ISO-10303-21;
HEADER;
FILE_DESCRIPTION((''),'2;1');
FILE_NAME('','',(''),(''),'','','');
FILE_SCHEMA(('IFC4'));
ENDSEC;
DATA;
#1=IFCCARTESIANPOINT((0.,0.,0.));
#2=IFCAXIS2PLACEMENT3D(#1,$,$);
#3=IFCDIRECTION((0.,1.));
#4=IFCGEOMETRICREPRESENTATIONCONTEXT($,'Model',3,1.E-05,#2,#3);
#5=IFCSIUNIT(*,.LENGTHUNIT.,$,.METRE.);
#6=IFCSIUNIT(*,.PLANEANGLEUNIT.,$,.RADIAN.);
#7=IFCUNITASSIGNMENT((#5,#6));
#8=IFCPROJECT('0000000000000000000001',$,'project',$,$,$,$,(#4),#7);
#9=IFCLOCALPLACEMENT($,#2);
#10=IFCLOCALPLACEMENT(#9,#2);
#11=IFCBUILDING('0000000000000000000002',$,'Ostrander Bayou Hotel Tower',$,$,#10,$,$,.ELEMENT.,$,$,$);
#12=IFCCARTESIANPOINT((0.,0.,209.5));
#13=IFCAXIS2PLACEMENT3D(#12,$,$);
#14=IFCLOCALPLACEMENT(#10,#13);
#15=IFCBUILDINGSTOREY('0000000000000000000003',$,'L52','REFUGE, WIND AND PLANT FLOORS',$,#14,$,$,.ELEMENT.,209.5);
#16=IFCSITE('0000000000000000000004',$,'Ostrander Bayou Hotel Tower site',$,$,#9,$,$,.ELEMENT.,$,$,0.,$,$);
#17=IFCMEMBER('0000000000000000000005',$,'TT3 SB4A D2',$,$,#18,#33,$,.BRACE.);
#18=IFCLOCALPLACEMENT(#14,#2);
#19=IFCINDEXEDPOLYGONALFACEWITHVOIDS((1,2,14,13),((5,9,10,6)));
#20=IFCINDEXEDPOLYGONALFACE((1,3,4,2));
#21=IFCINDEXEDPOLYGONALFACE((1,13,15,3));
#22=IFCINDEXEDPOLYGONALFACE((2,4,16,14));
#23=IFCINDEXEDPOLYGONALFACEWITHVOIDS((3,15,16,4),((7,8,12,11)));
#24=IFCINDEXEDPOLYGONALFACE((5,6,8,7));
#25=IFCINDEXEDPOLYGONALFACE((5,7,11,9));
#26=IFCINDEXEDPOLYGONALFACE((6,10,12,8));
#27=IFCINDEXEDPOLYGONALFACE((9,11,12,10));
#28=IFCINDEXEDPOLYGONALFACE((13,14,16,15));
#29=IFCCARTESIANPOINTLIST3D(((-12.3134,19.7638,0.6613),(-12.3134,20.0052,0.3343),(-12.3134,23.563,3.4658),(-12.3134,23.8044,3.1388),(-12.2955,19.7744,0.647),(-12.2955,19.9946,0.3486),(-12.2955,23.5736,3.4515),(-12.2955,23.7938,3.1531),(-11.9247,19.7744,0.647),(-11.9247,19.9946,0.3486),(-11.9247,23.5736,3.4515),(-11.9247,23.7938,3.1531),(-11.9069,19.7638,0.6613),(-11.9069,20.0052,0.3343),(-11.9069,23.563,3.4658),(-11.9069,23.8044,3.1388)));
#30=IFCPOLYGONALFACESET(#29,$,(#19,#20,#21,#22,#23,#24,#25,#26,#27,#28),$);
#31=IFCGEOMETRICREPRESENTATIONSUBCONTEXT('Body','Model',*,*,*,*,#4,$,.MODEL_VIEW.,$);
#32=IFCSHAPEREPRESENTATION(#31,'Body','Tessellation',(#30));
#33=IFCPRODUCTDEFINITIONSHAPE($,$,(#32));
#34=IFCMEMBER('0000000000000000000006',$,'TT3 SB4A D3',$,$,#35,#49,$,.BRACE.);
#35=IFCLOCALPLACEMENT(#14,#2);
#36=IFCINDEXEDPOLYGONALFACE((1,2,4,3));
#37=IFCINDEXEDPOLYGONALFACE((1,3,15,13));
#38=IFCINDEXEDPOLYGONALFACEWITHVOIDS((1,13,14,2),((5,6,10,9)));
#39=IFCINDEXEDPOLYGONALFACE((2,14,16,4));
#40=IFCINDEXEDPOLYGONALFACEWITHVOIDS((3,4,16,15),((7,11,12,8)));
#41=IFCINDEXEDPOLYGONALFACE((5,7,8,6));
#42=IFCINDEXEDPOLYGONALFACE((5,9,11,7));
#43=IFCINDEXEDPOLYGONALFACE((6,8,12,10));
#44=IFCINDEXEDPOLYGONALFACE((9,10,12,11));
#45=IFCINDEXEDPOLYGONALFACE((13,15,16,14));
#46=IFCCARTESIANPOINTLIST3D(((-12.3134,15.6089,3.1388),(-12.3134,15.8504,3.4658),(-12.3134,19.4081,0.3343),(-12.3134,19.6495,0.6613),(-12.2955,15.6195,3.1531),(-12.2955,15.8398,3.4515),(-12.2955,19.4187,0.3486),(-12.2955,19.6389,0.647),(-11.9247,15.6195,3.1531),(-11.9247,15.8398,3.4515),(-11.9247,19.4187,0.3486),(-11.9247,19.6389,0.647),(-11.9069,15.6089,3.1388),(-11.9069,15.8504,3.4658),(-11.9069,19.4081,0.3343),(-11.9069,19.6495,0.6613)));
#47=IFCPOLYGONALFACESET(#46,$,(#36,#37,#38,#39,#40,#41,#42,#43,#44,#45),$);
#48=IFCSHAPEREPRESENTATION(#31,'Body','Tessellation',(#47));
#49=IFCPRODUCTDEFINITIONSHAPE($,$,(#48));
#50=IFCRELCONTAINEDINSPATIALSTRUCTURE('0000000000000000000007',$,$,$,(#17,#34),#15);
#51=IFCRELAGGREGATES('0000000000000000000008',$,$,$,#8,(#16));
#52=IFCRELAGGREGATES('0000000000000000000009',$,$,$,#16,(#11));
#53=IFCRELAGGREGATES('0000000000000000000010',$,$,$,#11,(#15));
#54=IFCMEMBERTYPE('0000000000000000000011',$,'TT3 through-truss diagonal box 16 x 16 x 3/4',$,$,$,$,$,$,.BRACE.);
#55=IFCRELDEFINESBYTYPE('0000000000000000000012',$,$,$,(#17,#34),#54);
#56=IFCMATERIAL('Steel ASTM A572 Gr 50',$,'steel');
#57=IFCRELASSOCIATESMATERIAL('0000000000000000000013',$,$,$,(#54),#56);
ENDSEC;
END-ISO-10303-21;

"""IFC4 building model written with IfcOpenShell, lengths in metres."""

from ifc_helpers import new_model, si_unit, direction, frame, origin, origin_2d, place, context, subcontext, project, spatial, hollow_rectangle, extrude, material, material_profile, profile_set, type_object, element, save


model = new_model("IFC4")

# Units and contexts
model_context = context("Model", 3, precision=1e-05, world=origin(), true_north=direction((0.0, 1.0)))
body_context = subcontext(model_context, "Body", "Model", "MODEL_VIEW")
ifc_project = project(units=[si_unit("LENGTHUNIT", "METRE"), si_unit("PLANEANGLEUNIT", "RADIAN")], contexts=[model_context])

# Site, building, storey
site_placement = place(None, origin())
site = spatial("IfcSite", under=ifc_project, at=site_placement, Name="Ostrander Bayou Hotel Tower site", CompositionType="ELEMENT", RefElevation=0.0)
building_placement = place(site_placement, origin())
building = spatial("IfcBuilding", under=site, at=building_placement, Name="Ostrander Bayou Hotel Tower", CompositionType="ELEMENT")
storey_placement = place(building_placement, frame((0.0, 0.0, 209.5)))
storey = spatial("IfcBuildingStorey", under=building, at=storey_placement, Name="L52", Description="REFUGE, WIND AND PLANT FLOORS", CompositionType="ELEMENT", Elevation=209.5)

# Members
ifc_material_1 = material(Name="Steel ASTM A572 Gr 50", Category="steel")
ifc_material_profile_1 = material_profile(ifc_material_1, hollow_rectangle(XDim=0.4065, YDim=0.4065, WallThickness=0.0178, at=origin_2d()))
ifc_profile_set_1 = profile_set([ifc_material_profile_1], Name="Steel ASTM A572 Gr 50")
member_type_1 = type_object("IfcMemberType", Name="TT3 through-truss diagonal box 16 x 16 x 3/4", PredefinedType="BRACE", material=ifc_profile_set_1)
for number, where, z_axis, x_axis, name in (
    (1, (-12.1101, 19.8845, 0.4978), (0.0, 0.804537, 0.593902), (-1.0, 0.0, 0.0), "TT3 SB4A D2"),
    (2, (-12.1101, 19.5288, 0.4978), (0.0, -0.804537, 0.593902), (1.0, 0.0, 0.0), "TT3 SB4A D3"),
):
    element("IfcMember", number, at=place(storey_placement, frame(where, z_axis=z_axis, x_axis=x_axis)), inside=storey, type_object=member_type_1, Name=name, PredefinedType="BRACE", context=body_context, shape_type="SweptSolid", body=[
        extrude(hollow_rectangle(XDim=0.4065, YDim=0.4065, WallThickness=0.0178, at=origin_2d()), origin(), (0.0, 0.0, 1.0), 4.7222),
    ])

save(model, "model.ifc")
